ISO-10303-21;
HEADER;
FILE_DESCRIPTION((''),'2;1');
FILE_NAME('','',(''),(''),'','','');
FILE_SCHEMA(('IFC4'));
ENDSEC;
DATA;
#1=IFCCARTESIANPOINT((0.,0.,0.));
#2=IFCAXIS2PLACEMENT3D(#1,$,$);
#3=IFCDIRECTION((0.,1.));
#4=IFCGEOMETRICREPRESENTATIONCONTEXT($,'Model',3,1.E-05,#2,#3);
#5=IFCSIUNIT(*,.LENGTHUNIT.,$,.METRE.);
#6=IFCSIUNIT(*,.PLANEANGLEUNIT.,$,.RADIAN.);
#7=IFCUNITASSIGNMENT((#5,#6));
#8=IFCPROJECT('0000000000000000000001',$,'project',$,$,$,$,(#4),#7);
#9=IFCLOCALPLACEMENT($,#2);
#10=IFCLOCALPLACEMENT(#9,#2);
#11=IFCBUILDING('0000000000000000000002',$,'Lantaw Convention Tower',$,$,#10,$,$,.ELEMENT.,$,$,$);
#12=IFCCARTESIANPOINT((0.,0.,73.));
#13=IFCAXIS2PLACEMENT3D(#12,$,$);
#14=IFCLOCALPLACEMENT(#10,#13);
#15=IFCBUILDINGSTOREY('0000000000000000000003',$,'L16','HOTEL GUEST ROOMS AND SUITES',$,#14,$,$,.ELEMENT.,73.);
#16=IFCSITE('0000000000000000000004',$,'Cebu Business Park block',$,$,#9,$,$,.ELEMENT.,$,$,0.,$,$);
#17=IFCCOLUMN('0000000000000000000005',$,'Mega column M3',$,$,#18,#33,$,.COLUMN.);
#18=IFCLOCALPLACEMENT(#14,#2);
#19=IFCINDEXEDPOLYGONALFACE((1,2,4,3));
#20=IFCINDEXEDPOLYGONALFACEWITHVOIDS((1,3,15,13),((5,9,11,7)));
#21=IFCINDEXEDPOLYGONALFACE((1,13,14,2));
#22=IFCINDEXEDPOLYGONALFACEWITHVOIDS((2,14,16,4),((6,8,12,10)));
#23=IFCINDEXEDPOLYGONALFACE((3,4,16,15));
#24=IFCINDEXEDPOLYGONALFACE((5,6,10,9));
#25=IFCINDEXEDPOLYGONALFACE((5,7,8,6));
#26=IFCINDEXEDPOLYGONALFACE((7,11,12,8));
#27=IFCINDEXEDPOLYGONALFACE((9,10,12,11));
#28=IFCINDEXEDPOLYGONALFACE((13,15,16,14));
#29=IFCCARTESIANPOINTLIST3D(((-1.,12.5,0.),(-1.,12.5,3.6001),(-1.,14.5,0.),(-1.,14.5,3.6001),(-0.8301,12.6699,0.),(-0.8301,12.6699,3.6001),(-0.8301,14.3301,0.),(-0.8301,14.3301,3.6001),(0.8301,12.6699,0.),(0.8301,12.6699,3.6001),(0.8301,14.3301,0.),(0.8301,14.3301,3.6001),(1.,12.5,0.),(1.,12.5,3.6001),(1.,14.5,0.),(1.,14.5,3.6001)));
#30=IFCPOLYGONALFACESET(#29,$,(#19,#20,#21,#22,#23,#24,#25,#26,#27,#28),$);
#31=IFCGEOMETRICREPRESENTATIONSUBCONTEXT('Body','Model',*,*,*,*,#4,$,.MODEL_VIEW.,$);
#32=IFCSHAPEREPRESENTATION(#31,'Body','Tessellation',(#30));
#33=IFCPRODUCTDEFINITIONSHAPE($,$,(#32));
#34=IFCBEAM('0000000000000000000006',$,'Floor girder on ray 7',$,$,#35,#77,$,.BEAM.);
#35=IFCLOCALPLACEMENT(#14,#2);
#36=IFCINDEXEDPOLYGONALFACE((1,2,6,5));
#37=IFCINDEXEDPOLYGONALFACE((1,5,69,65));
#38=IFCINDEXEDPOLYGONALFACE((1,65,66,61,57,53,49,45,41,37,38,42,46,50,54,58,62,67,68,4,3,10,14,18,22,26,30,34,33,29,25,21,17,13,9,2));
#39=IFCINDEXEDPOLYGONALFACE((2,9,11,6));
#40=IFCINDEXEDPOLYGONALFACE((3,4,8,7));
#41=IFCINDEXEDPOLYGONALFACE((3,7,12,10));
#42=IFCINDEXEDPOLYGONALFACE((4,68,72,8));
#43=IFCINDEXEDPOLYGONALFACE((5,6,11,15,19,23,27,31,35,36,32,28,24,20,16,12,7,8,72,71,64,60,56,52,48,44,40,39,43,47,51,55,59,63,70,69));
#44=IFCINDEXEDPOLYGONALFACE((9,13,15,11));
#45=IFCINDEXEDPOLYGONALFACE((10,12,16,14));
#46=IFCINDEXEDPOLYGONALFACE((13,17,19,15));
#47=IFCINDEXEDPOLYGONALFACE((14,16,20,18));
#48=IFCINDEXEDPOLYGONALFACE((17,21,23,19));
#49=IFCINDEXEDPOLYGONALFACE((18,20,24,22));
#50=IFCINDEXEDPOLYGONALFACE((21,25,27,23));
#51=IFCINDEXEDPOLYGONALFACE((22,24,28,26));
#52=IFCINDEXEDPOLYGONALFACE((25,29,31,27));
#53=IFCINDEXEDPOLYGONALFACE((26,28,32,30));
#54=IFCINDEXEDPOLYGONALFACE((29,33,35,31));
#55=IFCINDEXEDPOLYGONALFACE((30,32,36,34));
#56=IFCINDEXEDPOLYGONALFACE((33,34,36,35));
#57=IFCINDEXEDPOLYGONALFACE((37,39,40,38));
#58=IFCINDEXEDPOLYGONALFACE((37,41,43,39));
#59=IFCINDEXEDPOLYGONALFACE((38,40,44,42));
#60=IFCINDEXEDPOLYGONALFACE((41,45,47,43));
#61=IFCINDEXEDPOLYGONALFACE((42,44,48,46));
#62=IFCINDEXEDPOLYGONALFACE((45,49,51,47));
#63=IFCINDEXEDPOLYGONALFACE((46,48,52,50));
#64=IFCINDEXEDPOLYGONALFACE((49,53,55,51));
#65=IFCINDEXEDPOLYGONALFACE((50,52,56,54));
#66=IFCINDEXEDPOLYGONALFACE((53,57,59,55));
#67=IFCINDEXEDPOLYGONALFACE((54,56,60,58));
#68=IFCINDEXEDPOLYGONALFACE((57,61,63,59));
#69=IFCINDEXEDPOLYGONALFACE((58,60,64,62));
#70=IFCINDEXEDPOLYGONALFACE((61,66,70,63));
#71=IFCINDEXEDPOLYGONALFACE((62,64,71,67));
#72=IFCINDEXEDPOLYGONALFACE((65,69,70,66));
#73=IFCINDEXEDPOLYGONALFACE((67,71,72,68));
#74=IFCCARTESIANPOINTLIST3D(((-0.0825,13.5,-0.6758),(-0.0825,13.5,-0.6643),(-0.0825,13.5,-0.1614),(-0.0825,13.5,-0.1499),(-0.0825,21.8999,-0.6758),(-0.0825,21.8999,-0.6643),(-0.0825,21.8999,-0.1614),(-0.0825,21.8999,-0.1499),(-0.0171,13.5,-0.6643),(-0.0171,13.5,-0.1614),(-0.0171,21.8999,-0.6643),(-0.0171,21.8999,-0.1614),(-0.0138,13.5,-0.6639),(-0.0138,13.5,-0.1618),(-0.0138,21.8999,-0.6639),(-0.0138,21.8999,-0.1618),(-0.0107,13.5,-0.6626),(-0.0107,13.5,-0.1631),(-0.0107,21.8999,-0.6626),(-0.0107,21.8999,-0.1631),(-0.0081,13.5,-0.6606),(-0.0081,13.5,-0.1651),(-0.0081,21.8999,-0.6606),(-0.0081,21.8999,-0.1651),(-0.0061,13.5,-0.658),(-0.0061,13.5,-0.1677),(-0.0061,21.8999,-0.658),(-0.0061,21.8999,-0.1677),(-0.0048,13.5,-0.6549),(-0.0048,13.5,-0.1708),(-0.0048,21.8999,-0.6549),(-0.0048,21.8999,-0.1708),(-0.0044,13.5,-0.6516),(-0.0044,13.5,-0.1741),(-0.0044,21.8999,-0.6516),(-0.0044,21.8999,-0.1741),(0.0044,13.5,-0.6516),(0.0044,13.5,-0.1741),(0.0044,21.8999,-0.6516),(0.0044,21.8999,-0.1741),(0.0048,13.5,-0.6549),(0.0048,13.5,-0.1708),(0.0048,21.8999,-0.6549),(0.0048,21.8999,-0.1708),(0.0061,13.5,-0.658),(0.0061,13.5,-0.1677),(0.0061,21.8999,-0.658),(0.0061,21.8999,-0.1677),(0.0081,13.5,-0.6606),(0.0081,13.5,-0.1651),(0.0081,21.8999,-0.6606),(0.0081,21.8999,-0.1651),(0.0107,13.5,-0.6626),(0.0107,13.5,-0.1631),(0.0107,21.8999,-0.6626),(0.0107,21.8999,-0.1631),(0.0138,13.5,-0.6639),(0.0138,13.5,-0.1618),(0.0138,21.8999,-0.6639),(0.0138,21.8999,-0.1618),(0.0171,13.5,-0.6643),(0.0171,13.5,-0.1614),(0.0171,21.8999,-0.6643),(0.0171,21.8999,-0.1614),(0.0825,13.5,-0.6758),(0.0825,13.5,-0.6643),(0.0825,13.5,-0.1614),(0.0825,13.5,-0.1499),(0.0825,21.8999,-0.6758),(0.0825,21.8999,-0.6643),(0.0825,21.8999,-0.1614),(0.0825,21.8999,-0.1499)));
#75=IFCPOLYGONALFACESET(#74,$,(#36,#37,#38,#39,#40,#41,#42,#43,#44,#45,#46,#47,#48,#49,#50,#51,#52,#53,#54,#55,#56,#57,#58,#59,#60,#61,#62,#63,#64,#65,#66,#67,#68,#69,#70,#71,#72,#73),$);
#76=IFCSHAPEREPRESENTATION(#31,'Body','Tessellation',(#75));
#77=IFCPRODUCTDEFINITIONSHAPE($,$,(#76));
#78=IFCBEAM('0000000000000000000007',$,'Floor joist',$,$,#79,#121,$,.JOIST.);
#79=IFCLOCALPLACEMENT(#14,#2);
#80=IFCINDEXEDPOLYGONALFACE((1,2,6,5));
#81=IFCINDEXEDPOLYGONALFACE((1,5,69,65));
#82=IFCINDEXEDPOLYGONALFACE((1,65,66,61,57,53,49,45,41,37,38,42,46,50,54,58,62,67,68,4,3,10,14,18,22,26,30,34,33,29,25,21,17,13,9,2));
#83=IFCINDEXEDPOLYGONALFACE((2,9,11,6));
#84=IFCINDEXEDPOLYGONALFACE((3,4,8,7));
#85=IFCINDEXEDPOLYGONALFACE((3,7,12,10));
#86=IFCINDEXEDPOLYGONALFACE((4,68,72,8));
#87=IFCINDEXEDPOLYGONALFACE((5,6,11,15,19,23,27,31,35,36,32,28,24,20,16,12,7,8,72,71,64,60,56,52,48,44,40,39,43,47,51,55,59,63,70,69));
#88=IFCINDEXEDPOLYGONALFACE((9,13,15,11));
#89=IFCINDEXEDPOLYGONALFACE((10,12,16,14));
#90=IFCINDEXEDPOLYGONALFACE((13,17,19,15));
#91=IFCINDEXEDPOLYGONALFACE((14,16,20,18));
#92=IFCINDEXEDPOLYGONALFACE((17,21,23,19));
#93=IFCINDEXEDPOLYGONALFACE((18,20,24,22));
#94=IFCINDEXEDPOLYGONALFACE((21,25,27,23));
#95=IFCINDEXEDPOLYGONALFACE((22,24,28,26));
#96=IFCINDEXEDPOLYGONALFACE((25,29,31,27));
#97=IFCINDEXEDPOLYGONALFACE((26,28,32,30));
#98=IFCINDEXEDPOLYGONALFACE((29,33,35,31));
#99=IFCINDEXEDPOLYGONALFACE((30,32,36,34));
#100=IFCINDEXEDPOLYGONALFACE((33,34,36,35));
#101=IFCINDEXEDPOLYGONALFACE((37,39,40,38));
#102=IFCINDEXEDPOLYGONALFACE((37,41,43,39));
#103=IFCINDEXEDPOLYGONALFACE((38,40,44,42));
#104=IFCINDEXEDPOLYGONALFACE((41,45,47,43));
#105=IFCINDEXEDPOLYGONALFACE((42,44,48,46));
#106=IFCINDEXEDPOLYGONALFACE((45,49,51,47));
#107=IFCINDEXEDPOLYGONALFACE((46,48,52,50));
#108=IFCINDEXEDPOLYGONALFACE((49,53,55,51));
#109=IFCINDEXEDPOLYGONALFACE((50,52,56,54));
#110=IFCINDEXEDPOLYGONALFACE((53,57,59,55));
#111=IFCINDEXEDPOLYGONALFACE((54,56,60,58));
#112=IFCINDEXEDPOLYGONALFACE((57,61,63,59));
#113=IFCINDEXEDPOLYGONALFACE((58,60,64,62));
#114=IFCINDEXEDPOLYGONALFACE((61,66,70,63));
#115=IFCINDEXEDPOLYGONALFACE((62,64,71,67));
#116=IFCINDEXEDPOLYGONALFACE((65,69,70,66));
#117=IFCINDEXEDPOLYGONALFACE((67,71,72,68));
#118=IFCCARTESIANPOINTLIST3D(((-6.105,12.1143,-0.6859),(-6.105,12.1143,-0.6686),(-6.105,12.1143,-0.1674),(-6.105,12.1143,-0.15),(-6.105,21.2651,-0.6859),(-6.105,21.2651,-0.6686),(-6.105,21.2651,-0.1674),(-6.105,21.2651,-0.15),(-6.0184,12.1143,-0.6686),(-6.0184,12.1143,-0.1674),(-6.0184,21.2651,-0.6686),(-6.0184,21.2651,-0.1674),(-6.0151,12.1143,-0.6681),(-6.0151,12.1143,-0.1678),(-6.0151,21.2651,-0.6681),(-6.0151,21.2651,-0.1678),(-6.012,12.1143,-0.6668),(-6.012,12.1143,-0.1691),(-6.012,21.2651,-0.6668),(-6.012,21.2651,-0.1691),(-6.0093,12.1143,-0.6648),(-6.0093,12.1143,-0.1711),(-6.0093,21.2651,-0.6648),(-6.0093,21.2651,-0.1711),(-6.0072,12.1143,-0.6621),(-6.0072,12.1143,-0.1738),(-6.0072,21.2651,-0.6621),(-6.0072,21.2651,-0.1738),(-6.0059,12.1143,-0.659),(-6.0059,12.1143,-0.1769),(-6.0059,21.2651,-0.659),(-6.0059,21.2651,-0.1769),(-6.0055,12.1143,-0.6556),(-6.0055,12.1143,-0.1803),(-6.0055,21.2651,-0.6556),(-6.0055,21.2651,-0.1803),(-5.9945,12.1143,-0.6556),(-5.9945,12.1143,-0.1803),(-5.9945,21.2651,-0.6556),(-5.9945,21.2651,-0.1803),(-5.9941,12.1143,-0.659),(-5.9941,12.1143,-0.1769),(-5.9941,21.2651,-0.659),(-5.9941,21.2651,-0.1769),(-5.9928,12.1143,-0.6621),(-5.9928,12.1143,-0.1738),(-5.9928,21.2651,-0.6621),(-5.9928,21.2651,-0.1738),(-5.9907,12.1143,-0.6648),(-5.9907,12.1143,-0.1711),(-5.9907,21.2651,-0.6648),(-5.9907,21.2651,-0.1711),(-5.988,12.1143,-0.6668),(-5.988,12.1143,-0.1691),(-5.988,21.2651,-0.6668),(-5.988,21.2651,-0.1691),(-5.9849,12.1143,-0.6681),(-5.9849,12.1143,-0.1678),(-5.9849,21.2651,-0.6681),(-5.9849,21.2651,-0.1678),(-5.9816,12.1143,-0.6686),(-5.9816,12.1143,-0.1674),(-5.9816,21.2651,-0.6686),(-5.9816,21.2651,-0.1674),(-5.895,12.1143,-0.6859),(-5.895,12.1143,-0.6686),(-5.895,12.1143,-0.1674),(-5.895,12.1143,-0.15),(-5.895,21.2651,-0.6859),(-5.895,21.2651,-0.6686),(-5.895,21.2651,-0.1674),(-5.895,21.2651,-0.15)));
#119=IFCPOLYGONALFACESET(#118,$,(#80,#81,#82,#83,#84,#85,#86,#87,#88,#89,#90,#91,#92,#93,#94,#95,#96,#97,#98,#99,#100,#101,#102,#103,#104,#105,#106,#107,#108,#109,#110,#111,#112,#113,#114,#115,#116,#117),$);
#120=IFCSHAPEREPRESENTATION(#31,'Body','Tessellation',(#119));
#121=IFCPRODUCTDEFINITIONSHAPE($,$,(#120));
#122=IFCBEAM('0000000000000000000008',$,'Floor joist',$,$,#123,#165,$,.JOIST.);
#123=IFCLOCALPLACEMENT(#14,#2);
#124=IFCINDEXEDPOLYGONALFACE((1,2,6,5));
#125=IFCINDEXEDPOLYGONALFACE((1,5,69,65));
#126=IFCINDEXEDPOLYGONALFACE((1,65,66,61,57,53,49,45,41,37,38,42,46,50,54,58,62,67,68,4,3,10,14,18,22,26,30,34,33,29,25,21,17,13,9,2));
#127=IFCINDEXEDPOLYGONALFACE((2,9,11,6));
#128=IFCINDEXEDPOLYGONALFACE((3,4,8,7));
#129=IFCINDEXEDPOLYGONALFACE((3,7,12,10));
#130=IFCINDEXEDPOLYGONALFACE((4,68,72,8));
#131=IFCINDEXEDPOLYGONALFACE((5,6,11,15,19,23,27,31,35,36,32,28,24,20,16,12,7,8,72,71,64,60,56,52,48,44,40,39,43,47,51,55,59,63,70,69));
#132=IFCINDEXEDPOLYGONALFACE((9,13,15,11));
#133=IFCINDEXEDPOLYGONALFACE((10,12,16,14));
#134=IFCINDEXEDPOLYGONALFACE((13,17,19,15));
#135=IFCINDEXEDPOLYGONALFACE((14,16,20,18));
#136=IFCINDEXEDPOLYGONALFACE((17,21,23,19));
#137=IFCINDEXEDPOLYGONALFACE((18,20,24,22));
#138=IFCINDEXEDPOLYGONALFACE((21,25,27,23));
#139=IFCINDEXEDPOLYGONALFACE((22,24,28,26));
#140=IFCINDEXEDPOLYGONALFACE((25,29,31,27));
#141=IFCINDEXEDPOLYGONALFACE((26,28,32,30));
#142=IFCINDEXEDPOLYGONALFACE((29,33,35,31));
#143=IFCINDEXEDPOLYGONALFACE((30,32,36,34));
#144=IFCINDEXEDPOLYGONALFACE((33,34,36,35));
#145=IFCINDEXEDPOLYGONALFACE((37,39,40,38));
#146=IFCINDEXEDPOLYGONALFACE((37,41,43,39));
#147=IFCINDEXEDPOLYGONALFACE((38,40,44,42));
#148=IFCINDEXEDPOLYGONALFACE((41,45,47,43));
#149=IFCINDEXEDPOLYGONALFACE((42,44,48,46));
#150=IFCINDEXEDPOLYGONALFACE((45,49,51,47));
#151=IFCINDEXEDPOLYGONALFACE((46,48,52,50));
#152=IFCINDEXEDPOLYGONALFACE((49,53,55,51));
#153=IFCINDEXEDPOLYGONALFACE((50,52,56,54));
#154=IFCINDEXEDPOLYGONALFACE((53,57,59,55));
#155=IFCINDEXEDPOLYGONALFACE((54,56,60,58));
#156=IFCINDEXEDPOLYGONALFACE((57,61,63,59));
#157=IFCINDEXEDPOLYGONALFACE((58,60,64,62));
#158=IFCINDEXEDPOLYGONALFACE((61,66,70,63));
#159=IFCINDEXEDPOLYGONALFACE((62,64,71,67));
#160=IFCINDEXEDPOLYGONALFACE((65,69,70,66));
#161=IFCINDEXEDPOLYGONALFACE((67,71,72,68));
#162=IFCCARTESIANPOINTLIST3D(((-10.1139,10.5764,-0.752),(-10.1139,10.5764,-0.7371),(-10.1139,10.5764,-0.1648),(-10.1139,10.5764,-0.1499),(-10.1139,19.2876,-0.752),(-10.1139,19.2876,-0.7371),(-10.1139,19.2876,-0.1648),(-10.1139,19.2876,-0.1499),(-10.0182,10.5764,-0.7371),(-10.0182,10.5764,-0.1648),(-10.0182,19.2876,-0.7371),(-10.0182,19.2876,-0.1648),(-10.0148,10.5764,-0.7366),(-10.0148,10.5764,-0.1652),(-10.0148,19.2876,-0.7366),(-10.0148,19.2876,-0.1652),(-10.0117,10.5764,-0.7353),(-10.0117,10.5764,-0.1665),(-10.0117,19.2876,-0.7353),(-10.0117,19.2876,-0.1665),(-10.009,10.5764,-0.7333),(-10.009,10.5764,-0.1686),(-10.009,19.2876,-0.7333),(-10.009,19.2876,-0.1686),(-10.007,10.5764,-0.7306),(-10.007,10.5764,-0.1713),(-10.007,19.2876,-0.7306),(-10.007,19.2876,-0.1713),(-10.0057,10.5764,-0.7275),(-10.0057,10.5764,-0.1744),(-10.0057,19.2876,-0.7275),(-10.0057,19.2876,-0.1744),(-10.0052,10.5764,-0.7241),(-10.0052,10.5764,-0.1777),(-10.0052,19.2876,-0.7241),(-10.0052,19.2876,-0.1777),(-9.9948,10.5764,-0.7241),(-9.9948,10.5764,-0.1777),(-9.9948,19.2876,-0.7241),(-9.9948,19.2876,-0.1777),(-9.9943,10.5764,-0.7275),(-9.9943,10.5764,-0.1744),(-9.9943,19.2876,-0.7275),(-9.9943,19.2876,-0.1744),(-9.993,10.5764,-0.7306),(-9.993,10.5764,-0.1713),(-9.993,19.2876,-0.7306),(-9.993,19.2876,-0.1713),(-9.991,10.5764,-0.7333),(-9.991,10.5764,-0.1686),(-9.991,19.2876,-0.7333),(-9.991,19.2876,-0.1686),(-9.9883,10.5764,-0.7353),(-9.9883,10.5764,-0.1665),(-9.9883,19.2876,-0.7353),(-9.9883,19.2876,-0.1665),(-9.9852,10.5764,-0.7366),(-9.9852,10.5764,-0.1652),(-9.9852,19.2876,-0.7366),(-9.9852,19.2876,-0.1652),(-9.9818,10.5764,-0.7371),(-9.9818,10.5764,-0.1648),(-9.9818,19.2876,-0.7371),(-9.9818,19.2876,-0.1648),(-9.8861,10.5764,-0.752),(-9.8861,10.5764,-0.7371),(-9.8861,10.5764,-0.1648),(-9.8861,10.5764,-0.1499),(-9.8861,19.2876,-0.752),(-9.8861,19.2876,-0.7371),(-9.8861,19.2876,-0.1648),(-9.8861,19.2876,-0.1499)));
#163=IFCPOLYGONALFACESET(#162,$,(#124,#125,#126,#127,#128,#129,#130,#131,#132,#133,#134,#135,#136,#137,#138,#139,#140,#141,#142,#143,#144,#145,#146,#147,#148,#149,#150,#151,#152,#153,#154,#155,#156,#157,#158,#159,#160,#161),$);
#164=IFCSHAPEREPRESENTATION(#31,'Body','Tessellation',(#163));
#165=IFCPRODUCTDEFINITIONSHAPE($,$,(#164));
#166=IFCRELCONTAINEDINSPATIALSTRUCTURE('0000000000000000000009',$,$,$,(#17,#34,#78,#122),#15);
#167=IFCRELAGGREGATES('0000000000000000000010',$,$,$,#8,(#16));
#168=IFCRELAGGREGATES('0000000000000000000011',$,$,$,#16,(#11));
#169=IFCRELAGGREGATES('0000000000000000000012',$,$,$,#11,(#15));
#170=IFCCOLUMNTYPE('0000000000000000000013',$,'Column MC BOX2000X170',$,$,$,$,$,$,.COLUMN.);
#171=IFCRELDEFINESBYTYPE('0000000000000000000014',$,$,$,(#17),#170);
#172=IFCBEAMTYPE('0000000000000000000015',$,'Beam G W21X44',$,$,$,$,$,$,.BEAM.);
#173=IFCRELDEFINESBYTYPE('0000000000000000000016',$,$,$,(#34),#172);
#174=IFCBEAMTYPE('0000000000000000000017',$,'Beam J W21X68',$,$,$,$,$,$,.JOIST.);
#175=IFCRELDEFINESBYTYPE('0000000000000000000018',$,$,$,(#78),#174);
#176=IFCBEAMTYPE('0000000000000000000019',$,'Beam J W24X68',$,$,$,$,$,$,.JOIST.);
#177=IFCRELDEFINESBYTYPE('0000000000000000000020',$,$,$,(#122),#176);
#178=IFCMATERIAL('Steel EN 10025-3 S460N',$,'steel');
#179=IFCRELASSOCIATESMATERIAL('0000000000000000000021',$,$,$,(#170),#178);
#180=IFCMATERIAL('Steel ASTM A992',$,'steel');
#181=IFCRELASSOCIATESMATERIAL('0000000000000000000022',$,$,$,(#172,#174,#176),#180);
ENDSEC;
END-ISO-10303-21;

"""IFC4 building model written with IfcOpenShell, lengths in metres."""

from ifc_helpers import new_model, si_unit, direction, frame, origin, origin_2d, place, context, subcontext, project, spatial, rectangle, hollow_rectangle, i_section, extrude, material, material_profile, profile_set, type_object, element, save


model = new_model("IFC4")

# Units and contexts
model_context = context("Model", 3, precision=1e-05, world=origin(), true_north=direction((0.0, 1.0)))
body_context = subcontext(model_context, "Body", "Model", "MODEL_VIEW")
ifc_project = project(units=[si_unit("LENGTHUNIT", "METRE"), si_unit("PLANEANGLEUNIT", "RADIAN")], contexts=[model_context])

# Site, building, storey
site_placement = place(None, origin())
site = spatial("IfcSite", under=ifc_project, at=site_placement, Name="Cebu Business Park block", CompositionType="ELEMENT", RefElevation=0.0)
building_placement = place(site_placement, origin())
building = spatial("IfcBuilding", under=site, at=building_placement, Name="Lantaw Convention Tower", CompositionType="ELEMENT")
storey_placement = place(building_placement, frame((0.0, 0.0, 73.0)))
storey = spatial("IfcBuildingStorey", under=building, at=storey_placement, Name="L16", Description="HOTEL GUEST ROOMS AND SUITES", CompositionType="ELEMENT", Elevation=73.0)

# Column
ifc_material_1 = material(Name="Steel EN 10025-3 S460N", Category="steel")
ifc_material_profile_1 = material_profile(ifc_material_1, hollow_rectangle(XDim=2.0, YDim=2.0, WallThickness=0.1699, at=origin_2d()), Name="BOX2000X170")
ifc_material_2 = material(Name="Concrete C60/75", Category="concrete")
ifc_material_profile_2 = material_profile(ifc_material_2, rectangle(XDim=1.6599, YDim=1.6599, at=origin_2d()), Name="Concrete fill of BOX2000X170")
ifc_profile_set_1 = profile_set([ifc_material_profile_1, ifc_material_profile_2], Name="Steel EN 10025-3 S460N")
column_type = type_object("IfcColumnType", Name="Column MC BOX2000X170", PredefinedType="COLUMN", material=ifc_profile_set_1)
column_placement = place(storey_placement, frame((0.0, 13.5, 0.0), z_axis=(0.0, 0.0, 1.0), x_axis=(1.0, 0.0, 0.0)))
element("IfcColumn", 1, at=column_placement, inside=storey, type_object=column_type, Name="Mega column M3", PredefinedType="COLUMN", context=body_context, shape_type="SweptSolid", body=[
    extrude(hollow_rectangle(XDim=2.0, YDim=2.0, WallThickness=0.1699, at=origin_2d()), origin(), (0.0, 0.0, 1.0), 3.6001),
])

# Beams
ifc_material_3 = material(Name="Steel ASTM A992", Category="steel")
ifc_material_profile_3 = material_profile(ifc_material_3, i_section(OverallWidth=0.165, OverallDepth=0.5259, WebThickness=0.0088, FlangeThickness=0.0115, FilletRadius=0.0127, at=origin_2d()), Name="W21X44")
ifc_profile_set_2 = profile_set([ifc_material_profile_3], Name="Steel ASTM A992")
beam_type_1 = type_object("IfcBeamType", Name="Beam G W21X44", PredefinedType="BEAM", material=ifc_profile_set_2)
beam_1_placement = place(storey_placement, frame((0.0, 13.5, -0.4128), z_axis=(0.0, 1.0, 0.0), x_axis=(-1.0, 0.0, 0.0)))
element("IfcBeam", 2, at=beam_1_placement, inside=storey, type_object=beam_type_1, Name="Floor girder on ray 7", PredefinedType="BEAM", context=body_context, shape_type="SweptSolid", body=[
    extrude(i_section(OverallWidth=0.165, OverallDepth=0.5259, WebThickness=0.0088, FlangeThickness=0.0115, FilletRadius=0.0127, at=origin_2d()), origin(), (0.0, 0.0, 1.0), 8.3999),
])
ifc_material_profile_4 = material_profile(ifc_material_3, i_section(OverallWidth=0.21, OverallDepth=0.5359, WebThickness=0.011, FlangeThickness=0.0173, FilletRadius=0.0129, at=origin_2d()), Name="W21X68")
ifc_profile_set_3 = profile_set([ifc_material_profile_4], Name="Steel ASTM A992")
beam_type_2 = type_object("IfcBeamType", Name="Beam J W21X68", PredefinedType="JOIST", material=ifc_profile_set_3)
beam_2_placement = place(storey_placement, frame((-6.0, 12.1143, -0.418), z_axis=(0.0, 1.0, 0.0), x_axis=(-1.0, 0.0, 0.0)))
element("IfcBeam", 3, at=beam_2_placement, inside=storey, type_object=beam_type_2, Name="Floor joist", PredefinedType="JOIST", context=body_context, shape_type="SweptSolid", body=[
    extrude(i_section(OverallWidth=0.21, OverallDepth=0.5359, WebThickness=0.011, FlangeThickness=0.0173, FilletRadius=0.0129, at=origin_2d()), origin(), (0.0, 0.0, 1.0), 9.1509),
])
ifc_material_profile_5 = material_profile(ifc_material_3, i_section(OverallWidth=0.2278, OverallDepth=0.6021, WebThickness=0.0105, FlangeThickness=0.0149, FilletRadius=0.0129, at=origin_2d()), Name="W24X68")
ifc_profile_set_4 = profile_set([ifc_material_profile_5], Name="Steel ASTM A992")
beam_type_3 = type_object("IfcBeamType", Name="Beam J W24X68", PredefinedType="JOIST", material=ifc_profile_set_4)
beam_3_placement = place(storey_placement, frame((-10.0, 10.5764, -0.4509), z_axis=(0.0, 1.0, 0.0), x_axis=(-1.0, 0.0, 0.0)))
element("IfcBeam", 4, at=beam_3_placement, inside=storey, type_object=beam_type_3, Name="Floor joist", PredefinedType="JOIST", context=body_context, shape_type="SweptSolid", body=[
    extrude(i_section(OverallWidth=0.2278, OverallDepth=0.6021, WebThickness=0.0105, FlangeThickness=0.0149, FilletRadius=0.0129, at=origin_2d()), origin(), (0.0, 0.0, 1.0), 8.7112),
])

save(model, "model.ifc")
